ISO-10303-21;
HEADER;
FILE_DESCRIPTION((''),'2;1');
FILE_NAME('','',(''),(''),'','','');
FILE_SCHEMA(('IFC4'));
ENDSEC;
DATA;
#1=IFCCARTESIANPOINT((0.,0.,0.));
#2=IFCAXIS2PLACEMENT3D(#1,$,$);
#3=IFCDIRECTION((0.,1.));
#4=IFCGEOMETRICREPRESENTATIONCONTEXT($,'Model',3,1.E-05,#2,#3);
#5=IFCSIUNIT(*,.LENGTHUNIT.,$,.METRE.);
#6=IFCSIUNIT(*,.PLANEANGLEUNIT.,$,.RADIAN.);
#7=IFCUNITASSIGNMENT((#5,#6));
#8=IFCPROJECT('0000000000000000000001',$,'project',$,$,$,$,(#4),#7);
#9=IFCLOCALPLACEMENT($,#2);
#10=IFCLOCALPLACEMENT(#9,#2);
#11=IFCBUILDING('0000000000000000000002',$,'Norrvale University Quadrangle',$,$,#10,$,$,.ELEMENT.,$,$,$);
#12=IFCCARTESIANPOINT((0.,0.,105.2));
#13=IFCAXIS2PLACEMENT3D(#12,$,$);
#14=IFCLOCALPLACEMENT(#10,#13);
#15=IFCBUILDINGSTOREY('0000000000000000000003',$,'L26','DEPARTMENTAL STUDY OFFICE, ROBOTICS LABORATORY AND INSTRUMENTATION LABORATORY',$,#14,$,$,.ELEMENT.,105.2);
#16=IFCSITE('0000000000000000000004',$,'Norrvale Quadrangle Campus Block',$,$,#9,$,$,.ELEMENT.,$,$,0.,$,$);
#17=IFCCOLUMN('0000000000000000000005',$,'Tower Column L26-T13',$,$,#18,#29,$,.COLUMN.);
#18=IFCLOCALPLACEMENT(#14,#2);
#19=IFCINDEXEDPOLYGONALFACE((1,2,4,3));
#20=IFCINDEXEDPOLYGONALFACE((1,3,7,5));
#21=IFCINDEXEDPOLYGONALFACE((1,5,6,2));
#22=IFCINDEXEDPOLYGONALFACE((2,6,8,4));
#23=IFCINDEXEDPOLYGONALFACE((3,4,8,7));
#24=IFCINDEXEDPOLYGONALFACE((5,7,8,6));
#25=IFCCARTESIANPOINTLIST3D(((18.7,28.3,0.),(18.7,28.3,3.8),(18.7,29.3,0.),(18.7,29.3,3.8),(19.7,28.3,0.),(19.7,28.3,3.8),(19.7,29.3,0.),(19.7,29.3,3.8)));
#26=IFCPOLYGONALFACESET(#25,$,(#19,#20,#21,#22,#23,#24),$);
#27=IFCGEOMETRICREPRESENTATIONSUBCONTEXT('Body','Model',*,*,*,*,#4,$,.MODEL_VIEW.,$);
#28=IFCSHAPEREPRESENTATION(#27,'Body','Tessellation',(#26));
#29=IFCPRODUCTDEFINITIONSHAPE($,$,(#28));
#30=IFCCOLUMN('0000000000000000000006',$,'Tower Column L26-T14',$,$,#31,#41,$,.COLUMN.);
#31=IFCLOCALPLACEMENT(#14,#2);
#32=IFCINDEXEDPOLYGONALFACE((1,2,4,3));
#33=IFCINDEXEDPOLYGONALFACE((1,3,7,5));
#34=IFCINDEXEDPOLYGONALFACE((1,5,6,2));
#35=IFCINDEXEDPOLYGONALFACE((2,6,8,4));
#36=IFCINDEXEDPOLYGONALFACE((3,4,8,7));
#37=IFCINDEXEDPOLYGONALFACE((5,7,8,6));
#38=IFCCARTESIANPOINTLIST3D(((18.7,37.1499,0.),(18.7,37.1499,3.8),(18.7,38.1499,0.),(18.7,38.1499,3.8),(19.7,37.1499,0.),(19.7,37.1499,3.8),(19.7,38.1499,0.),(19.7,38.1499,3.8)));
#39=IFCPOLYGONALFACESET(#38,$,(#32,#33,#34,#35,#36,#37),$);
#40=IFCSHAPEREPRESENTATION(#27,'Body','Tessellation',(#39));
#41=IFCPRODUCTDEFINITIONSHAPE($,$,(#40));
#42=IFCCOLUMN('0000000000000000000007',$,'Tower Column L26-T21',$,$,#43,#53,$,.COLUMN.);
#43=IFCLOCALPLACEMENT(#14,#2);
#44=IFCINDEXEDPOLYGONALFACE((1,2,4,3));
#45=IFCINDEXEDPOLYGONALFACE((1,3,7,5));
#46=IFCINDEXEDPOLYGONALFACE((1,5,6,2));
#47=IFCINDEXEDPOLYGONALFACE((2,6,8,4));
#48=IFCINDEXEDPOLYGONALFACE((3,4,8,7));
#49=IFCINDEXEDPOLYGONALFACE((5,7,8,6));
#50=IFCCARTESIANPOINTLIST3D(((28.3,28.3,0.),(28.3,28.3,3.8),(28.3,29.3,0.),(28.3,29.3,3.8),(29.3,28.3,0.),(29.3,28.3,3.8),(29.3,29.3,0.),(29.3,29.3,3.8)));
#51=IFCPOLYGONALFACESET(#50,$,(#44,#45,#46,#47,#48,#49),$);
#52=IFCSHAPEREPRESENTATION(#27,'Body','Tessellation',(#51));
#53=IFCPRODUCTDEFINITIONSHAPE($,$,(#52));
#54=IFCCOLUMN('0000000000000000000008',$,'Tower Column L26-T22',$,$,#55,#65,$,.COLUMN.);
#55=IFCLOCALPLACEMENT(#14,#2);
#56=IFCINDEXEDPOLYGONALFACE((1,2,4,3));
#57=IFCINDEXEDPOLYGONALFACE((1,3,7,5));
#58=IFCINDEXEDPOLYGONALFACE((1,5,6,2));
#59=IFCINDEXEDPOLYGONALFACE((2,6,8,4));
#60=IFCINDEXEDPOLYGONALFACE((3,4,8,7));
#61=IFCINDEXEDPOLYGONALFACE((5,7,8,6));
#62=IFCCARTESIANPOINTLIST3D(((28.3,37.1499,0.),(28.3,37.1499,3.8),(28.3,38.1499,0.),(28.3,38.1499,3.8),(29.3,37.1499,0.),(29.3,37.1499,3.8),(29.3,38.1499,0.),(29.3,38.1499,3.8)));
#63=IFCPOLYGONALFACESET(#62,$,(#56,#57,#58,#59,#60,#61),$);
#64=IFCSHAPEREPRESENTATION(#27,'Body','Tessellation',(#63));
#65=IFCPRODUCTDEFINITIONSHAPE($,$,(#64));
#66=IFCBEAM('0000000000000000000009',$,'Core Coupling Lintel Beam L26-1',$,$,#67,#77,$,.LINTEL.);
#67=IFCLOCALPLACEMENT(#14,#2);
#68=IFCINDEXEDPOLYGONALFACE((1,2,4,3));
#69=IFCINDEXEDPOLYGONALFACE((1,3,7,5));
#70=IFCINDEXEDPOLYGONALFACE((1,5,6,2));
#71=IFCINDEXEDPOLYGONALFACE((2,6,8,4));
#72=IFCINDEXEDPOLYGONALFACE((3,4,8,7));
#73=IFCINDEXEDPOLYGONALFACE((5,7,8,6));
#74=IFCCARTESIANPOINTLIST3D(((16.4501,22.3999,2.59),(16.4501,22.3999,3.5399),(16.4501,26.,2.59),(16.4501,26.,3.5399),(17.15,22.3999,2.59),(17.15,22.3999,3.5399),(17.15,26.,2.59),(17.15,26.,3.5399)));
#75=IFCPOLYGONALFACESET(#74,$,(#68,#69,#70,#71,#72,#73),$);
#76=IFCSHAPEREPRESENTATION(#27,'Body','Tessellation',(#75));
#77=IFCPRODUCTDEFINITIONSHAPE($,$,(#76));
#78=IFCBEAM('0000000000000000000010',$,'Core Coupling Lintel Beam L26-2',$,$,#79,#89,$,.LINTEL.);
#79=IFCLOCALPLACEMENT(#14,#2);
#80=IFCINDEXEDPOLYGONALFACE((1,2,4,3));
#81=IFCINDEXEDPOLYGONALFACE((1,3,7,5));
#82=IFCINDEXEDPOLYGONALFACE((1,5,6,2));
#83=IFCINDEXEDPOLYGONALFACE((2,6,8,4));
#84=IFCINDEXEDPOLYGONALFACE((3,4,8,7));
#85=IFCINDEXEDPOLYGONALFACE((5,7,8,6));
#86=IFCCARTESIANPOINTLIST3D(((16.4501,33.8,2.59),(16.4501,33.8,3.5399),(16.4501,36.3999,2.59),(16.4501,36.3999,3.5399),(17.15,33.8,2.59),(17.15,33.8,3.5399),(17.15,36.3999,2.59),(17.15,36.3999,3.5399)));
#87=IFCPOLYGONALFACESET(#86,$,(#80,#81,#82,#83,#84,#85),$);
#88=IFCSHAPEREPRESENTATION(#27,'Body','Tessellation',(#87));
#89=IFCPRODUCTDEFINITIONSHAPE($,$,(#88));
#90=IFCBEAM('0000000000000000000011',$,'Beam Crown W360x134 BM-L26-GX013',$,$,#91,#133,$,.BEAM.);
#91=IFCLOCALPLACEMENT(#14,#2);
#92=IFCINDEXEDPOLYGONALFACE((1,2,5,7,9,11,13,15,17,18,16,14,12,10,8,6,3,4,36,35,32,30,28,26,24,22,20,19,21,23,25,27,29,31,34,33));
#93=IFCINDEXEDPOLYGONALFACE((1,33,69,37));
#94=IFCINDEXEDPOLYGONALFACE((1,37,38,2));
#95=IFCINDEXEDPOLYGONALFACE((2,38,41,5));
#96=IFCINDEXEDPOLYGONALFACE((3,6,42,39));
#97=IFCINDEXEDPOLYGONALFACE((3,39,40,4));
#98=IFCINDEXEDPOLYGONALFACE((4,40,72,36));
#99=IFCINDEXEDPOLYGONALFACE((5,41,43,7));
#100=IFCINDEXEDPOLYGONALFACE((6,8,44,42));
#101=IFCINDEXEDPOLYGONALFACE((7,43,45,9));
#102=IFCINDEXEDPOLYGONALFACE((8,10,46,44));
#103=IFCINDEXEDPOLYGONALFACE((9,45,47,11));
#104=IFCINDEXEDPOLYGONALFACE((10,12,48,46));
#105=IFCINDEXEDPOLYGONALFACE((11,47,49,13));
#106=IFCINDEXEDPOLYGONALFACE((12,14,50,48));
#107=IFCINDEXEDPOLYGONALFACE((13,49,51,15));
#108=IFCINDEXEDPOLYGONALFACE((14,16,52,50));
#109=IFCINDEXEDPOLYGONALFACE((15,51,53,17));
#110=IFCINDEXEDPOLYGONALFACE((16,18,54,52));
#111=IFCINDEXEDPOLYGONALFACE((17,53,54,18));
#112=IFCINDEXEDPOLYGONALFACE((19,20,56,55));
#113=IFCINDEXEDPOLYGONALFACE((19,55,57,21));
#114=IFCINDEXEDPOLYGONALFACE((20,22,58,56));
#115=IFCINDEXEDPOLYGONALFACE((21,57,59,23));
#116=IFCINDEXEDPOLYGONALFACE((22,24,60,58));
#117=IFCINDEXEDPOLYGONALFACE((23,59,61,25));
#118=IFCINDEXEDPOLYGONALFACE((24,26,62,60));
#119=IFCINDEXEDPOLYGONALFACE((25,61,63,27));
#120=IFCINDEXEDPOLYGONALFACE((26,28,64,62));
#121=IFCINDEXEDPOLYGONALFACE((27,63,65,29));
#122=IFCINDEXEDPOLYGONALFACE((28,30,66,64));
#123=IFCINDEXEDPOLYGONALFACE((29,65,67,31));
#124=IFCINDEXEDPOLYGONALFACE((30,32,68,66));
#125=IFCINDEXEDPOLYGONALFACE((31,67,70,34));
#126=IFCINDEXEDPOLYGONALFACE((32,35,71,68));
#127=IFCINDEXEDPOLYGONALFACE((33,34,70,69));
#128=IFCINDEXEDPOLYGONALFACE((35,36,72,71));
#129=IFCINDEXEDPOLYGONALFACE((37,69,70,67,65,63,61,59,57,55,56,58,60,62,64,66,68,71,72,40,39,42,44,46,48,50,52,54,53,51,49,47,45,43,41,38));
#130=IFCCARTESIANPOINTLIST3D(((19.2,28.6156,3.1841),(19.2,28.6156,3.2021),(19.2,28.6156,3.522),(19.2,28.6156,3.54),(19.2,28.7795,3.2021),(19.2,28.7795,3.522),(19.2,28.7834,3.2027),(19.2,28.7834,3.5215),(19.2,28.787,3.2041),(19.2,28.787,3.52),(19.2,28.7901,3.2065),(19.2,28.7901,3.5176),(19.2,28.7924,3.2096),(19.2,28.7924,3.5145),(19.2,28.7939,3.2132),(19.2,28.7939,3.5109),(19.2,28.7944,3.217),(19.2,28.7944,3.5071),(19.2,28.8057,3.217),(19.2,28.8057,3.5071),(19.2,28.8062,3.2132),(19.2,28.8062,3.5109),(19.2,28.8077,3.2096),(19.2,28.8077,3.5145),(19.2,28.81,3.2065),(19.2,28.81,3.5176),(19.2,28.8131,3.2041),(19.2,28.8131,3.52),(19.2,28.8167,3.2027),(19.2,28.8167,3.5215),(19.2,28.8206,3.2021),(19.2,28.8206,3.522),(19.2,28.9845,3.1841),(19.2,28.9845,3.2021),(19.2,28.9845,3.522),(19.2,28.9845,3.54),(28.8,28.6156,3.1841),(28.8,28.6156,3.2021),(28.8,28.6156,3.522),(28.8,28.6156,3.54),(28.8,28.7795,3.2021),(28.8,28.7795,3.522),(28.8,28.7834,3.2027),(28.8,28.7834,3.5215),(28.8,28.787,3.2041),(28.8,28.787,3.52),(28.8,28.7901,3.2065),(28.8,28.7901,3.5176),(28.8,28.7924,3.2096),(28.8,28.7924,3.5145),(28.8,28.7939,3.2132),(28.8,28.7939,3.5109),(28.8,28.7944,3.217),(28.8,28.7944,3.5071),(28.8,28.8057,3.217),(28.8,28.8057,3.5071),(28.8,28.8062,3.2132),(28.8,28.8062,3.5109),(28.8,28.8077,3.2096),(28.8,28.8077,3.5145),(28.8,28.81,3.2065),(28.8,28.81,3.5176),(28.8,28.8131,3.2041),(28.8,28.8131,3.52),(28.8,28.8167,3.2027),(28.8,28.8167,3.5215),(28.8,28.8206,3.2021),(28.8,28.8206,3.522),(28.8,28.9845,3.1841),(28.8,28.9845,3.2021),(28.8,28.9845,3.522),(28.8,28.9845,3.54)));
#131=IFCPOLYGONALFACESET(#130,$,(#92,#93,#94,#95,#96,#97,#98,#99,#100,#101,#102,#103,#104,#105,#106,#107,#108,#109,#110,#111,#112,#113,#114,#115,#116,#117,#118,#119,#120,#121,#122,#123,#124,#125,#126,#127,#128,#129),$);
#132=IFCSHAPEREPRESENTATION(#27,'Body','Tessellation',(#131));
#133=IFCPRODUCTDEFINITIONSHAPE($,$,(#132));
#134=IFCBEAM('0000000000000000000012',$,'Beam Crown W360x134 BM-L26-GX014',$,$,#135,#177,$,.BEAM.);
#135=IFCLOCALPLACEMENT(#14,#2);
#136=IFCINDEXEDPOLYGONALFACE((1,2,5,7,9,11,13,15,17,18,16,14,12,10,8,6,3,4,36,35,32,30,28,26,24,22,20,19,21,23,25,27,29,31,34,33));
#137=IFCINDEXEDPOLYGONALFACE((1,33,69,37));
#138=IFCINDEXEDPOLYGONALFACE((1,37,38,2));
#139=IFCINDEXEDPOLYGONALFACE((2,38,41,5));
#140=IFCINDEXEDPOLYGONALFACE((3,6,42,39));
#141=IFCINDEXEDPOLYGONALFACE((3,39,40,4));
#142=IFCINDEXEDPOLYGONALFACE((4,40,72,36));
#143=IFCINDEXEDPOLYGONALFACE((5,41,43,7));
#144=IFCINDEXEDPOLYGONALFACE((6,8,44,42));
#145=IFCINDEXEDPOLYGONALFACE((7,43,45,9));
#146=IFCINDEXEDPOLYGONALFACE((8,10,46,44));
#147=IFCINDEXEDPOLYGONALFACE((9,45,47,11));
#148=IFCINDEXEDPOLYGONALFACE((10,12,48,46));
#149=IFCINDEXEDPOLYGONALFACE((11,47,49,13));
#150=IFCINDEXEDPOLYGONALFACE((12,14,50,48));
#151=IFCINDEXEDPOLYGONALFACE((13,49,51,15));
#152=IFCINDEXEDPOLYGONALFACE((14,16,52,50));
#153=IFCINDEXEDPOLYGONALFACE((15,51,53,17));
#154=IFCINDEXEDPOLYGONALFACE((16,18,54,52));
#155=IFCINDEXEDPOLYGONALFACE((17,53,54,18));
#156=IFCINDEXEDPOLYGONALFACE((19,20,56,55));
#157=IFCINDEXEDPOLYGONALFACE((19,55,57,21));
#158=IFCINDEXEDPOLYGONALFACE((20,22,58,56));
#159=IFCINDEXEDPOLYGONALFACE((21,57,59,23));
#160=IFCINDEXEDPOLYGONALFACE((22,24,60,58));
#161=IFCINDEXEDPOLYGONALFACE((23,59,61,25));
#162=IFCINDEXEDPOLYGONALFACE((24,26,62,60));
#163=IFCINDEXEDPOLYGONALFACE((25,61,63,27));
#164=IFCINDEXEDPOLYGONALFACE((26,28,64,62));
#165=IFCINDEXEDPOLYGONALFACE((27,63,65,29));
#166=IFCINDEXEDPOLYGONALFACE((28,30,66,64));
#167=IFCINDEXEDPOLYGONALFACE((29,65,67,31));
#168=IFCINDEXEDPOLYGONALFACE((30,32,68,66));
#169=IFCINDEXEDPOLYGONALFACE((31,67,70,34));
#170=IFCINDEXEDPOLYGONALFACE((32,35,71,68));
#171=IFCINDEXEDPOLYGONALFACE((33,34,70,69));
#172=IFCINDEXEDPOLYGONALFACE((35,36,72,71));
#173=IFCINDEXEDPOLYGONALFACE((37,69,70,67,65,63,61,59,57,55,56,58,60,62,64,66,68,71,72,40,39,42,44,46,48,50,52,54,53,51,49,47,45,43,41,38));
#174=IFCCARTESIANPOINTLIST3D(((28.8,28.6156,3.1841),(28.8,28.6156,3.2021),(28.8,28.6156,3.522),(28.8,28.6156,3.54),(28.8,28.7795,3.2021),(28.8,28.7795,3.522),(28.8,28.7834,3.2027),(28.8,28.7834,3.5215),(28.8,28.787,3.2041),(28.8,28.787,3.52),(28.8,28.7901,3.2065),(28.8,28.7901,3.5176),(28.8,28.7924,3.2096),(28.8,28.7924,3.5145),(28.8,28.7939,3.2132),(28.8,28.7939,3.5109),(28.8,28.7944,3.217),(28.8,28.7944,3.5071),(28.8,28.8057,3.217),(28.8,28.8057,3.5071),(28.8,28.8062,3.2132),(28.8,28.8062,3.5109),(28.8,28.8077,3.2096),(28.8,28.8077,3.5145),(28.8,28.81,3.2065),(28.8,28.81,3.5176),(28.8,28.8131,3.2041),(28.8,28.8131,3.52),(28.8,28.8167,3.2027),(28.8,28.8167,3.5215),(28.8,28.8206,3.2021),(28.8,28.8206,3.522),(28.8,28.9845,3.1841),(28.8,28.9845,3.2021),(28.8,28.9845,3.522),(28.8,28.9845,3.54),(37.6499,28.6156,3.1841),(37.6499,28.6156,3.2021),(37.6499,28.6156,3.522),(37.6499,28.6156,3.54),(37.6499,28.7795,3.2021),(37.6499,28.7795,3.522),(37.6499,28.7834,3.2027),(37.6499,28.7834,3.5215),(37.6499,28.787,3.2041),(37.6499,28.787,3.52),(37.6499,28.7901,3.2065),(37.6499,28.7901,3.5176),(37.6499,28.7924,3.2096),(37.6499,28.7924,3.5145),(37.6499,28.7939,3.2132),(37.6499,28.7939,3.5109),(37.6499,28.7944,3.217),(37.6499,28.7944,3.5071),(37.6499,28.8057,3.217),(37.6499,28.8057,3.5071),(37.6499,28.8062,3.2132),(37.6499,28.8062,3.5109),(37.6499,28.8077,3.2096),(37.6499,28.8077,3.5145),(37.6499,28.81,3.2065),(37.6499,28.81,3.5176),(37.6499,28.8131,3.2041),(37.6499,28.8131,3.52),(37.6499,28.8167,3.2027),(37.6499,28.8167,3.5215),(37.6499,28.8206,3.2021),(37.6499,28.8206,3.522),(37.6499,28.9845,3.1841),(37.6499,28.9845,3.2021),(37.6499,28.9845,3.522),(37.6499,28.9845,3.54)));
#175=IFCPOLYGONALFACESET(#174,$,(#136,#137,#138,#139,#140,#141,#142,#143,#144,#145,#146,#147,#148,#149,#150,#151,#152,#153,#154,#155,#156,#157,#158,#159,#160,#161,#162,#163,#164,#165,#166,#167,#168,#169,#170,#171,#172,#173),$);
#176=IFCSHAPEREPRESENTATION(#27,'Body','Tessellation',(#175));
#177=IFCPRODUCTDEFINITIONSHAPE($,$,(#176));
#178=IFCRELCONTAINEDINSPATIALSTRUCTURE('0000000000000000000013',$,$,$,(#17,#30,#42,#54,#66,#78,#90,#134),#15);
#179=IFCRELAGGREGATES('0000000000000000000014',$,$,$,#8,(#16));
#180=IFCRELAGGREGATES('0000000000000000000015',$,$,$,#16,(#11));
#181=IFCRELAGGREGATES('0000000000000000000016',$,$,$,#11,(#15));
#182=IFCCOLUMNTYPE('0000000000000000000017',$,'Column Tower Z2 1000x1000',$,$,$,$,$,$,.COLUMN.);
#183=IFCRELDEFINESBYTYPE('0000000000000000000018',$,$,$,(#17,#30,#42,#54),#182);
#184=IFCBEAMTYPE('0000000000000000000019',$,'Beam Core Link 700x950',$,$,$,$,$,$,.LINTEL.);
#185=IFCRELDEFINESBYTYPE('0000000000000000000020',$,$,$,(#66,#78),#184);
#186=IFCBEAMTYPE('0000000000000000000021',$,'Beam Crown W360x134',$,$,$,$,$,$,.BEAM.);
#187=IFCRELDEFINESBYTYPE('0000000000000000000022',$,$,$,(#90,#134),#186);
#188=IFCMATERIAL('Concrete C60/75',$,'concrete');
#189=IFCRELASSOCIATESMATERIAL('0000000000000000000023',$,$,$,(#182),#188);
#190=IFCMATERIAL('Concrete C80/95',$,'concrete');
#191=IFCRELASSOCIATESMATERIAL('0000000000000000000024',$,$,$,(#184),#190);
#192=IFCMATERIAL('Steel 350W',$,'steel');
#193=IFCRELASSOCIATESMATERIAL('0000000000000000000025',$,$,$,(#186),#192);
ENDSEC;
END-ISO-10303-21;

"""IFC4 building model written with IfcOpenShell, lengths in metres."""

from ifc_helpers import new_model, si_unit, direction, frame, origin, origin_2d, place, context, subcontext, project, spatial, rectangle, i_section, extrude, material, material_profile, profile_set, type_object, element, save


model = new_model("IFC4")

# Units and contexts
model_context = context("Model", 3, precision=1e-05, world=origin(), true_north=direction((0.0, 1.0)))
body_context = subcontext(model_context, "Body", "Model", "MODEL_VIEW")
ifc_project = project(units=[si_unit("LENGTHUNIT", "METRE"), si_unit("PLANEANGLEUNIT", "RADIAN")], contexts=[model_context])

# Site, building, storey
site_placement = place(None, origin())
site = spatial("IfcSite", under=ifc_project, at=site_placement, Name="Norrvale Quadrangle Campus Block", CompositionType="ELEMENT", RefElevation=0.0)
building_placement = place(site_placement, origin())
building = spatial("IfcBuilding", under=site, at=building_placement, Name="Norrvale University Quadrangle", CompositionType="ELEMENT")
storey_placement = place(building_placement, frame((0.0, 0.0, 105.2)))
storey = spatial("IfcBuildingStorey", under=building, at=storey_placement, Name="L26", Description="DEPARTMENTAL STUDY OFFICE, ROBOTICS LABORATORY AND INSTRUMENTATION LABORATORY", CompositionType="ELEMENT", Elevation=105.2)

# Columns
ifc_material_1 = material(Name="Concrete C60/75", Category="concrete")
ifc_material_profile_1 = material_profile(ifc_material_1, rectangle(XDim=1.0, YDim=1.0, at=origin_2d()), Name="Concrete C60/75")
ifc_profile_set_1 = profile_set([ifc_material_profile_1], Name="Concrete C60/75")
column_type = type_object("IfcColumnType", Name="Column Tower Z2 1000x1000", PredefinedType="COLUMN", material=ifc_profile_set_1)
for number, where, z_axis, x_axis, name in (
    (1, (19.2, 28.8, 0.0), (0.0, 0.0, 1.0), (1.0, 0.0, 0.0), "Tower Column L26-T13"),
    (2, (19.2, 37.6499, 0.0), (0.0, 0.0, 1.0), (1.0, 0.0, 0.0), "Tower Column L26-T14"),
    (3, (28.8, 28.8, 0.0), (0.0, 0.0, 1.0), (1.0, 0.0, 0.0), "Tower Column L26-T21"),
    (4, (28.8, 37.6499, 0.0), (0.0, 0.0, 1.0), (1.0, 0.0, 0.0), "Tower Column L26-T22"),
):
    element("IfcColumn", number, at=place(storey_placement, frame(where, z_axis=z_axis, x_axis=x_axis)), inside=storey, type_object=column_type, Name=name, PredefinedType="COLUMN", context=body_context, shape_type="SweptSolid", body=[
        extrude(rectangle(XDim=1.0, YDim=1.0, at=origin_2d()), origin(), (0.0, 0.0, 1.0), 3.8),
    ])

# Beams
ifc_material_2 = material(Name="Concrete C80/95", Category="concrete")
ifc_material_profile_2 = material_profile(ifc_material_2, rectangle(XDim=0.7, YDim=0.95, at=origin_2d()), Name="Concrete C80/95")
ifc_profile_set_2 = profile_set([ifc_material_profile_2], Name="Concrete C80/95")
beam_type_1 = type_object("IfcBeamType", Name="Beam Core Link 700x950", PredefinedType="LINTEL", material=ifc_profile_set_2)
beam_1_placement = place(storey_placement, frame((16.8, 22.3999, 3.0649), z_axis=(0.0, 1.0, 0.0), x_axis=(-1.0, 0.0, 0.0)))
element("IfcBeam", 5, at=beam_1_placement, inside=storey, type_object=beam_type_1, Name="Core Coupling Lintel Beam L26-1", PredefinedType="LINTEL", context=body_context, shape_type="SweptSolid", body=[
    extrude(rectangle(XDim=0.7, YDim=0.95, at=origin_2d()), origin(), (0.0, 0.0, 1.0), 3.6001),
])
beam_2_placement = place(storey_placement, frame((16.8, 33.8, 3.0649), z_axis=(0.0, 1.0, 0.0), x_axis=(-1.0, 0.0, 0.0)))
element("IfcBeam", 6, at=beam_2_placement, inside=storey, type_object=beam_type_1, Name="Core Coupling Lintel Beam L26-2", PredefinedType="LINTEL", context=body_context, shape_type="SweptSolid", body=[
    extrude(rectangle(XDim=0.7, YDim=0.95, at=origin_2d()), origin(), (0.0, 0.0, 1.0), 2.5999),
])
ifc_material_3 = material(Name="Steel 350W", Category="steel")
ifc_material_profile_3 = material_profile(ifc_material_3, i_section(OverallWidth=0.3689, OverallDepth=0.356, WebThickness=0.0112, FlangeThickness=0.0181, FilletRadius=0.0149, at=origin_2d()), Name="Steel 350W")
ifc_profile_set_3 = profile_set([ifc_material_profile_3], Name="Steel 350W")
beam_type_2 = type_object("IfcBeamType", Name="Beam Crown W360x134", PredefinedType="BEAM", material=ifc_profile_set_3)
beam_3_placement = place(storey_placement, frame((19.2, 28.8, 3.3621), z_axis=(1.0, 0.0, 0.0), x_axis=(0.0, 1.0, 0.0)))
element("IfcBeam", 7, at=beam_3_placement, inside=storey, type_object=beam_type_2, Name="Beam Crown W360x134 BM-L26-GX013", PredefinedType="BEAM", context=body_context, shape_type="SweptSolid", body=[
    extrude(i_section(OverallWidth=0.3689, OverallDepth=0.356, WebThickness=0.0112, FlangeThickness=0.0181, FilletRadius=0.0149, at=origin_2d()), origin(), (0.0, 0.0, 1.0), 9.6001),
])
beam_4_placement = place(storey_placement, frame((28.8, 28.8, 3.3621), z_axis=(1.0, 0.0, 0.0), x_axis=(0.0, 1.0, 0.0)))
element("IfcBeam", 8, at=beam_4_placement, inside=storey, type_object=beam_type_2, Name="Beam Crown W360x134 BM-L26-GX014", PredefinedType="BEAM", context=body_context, shape_type="SweptSolid", body=[
    extrude(i_section(OverallWidth=0.3689, OverallDepth=0.356, WebThickness=0.0112, FlangeThickness=0.0181, FilletRadius=0.0149, at=origin_2d()), origin(), (0.0, 0.0, 1.0), 8.8499),
])

save(model, "model.ifc")
